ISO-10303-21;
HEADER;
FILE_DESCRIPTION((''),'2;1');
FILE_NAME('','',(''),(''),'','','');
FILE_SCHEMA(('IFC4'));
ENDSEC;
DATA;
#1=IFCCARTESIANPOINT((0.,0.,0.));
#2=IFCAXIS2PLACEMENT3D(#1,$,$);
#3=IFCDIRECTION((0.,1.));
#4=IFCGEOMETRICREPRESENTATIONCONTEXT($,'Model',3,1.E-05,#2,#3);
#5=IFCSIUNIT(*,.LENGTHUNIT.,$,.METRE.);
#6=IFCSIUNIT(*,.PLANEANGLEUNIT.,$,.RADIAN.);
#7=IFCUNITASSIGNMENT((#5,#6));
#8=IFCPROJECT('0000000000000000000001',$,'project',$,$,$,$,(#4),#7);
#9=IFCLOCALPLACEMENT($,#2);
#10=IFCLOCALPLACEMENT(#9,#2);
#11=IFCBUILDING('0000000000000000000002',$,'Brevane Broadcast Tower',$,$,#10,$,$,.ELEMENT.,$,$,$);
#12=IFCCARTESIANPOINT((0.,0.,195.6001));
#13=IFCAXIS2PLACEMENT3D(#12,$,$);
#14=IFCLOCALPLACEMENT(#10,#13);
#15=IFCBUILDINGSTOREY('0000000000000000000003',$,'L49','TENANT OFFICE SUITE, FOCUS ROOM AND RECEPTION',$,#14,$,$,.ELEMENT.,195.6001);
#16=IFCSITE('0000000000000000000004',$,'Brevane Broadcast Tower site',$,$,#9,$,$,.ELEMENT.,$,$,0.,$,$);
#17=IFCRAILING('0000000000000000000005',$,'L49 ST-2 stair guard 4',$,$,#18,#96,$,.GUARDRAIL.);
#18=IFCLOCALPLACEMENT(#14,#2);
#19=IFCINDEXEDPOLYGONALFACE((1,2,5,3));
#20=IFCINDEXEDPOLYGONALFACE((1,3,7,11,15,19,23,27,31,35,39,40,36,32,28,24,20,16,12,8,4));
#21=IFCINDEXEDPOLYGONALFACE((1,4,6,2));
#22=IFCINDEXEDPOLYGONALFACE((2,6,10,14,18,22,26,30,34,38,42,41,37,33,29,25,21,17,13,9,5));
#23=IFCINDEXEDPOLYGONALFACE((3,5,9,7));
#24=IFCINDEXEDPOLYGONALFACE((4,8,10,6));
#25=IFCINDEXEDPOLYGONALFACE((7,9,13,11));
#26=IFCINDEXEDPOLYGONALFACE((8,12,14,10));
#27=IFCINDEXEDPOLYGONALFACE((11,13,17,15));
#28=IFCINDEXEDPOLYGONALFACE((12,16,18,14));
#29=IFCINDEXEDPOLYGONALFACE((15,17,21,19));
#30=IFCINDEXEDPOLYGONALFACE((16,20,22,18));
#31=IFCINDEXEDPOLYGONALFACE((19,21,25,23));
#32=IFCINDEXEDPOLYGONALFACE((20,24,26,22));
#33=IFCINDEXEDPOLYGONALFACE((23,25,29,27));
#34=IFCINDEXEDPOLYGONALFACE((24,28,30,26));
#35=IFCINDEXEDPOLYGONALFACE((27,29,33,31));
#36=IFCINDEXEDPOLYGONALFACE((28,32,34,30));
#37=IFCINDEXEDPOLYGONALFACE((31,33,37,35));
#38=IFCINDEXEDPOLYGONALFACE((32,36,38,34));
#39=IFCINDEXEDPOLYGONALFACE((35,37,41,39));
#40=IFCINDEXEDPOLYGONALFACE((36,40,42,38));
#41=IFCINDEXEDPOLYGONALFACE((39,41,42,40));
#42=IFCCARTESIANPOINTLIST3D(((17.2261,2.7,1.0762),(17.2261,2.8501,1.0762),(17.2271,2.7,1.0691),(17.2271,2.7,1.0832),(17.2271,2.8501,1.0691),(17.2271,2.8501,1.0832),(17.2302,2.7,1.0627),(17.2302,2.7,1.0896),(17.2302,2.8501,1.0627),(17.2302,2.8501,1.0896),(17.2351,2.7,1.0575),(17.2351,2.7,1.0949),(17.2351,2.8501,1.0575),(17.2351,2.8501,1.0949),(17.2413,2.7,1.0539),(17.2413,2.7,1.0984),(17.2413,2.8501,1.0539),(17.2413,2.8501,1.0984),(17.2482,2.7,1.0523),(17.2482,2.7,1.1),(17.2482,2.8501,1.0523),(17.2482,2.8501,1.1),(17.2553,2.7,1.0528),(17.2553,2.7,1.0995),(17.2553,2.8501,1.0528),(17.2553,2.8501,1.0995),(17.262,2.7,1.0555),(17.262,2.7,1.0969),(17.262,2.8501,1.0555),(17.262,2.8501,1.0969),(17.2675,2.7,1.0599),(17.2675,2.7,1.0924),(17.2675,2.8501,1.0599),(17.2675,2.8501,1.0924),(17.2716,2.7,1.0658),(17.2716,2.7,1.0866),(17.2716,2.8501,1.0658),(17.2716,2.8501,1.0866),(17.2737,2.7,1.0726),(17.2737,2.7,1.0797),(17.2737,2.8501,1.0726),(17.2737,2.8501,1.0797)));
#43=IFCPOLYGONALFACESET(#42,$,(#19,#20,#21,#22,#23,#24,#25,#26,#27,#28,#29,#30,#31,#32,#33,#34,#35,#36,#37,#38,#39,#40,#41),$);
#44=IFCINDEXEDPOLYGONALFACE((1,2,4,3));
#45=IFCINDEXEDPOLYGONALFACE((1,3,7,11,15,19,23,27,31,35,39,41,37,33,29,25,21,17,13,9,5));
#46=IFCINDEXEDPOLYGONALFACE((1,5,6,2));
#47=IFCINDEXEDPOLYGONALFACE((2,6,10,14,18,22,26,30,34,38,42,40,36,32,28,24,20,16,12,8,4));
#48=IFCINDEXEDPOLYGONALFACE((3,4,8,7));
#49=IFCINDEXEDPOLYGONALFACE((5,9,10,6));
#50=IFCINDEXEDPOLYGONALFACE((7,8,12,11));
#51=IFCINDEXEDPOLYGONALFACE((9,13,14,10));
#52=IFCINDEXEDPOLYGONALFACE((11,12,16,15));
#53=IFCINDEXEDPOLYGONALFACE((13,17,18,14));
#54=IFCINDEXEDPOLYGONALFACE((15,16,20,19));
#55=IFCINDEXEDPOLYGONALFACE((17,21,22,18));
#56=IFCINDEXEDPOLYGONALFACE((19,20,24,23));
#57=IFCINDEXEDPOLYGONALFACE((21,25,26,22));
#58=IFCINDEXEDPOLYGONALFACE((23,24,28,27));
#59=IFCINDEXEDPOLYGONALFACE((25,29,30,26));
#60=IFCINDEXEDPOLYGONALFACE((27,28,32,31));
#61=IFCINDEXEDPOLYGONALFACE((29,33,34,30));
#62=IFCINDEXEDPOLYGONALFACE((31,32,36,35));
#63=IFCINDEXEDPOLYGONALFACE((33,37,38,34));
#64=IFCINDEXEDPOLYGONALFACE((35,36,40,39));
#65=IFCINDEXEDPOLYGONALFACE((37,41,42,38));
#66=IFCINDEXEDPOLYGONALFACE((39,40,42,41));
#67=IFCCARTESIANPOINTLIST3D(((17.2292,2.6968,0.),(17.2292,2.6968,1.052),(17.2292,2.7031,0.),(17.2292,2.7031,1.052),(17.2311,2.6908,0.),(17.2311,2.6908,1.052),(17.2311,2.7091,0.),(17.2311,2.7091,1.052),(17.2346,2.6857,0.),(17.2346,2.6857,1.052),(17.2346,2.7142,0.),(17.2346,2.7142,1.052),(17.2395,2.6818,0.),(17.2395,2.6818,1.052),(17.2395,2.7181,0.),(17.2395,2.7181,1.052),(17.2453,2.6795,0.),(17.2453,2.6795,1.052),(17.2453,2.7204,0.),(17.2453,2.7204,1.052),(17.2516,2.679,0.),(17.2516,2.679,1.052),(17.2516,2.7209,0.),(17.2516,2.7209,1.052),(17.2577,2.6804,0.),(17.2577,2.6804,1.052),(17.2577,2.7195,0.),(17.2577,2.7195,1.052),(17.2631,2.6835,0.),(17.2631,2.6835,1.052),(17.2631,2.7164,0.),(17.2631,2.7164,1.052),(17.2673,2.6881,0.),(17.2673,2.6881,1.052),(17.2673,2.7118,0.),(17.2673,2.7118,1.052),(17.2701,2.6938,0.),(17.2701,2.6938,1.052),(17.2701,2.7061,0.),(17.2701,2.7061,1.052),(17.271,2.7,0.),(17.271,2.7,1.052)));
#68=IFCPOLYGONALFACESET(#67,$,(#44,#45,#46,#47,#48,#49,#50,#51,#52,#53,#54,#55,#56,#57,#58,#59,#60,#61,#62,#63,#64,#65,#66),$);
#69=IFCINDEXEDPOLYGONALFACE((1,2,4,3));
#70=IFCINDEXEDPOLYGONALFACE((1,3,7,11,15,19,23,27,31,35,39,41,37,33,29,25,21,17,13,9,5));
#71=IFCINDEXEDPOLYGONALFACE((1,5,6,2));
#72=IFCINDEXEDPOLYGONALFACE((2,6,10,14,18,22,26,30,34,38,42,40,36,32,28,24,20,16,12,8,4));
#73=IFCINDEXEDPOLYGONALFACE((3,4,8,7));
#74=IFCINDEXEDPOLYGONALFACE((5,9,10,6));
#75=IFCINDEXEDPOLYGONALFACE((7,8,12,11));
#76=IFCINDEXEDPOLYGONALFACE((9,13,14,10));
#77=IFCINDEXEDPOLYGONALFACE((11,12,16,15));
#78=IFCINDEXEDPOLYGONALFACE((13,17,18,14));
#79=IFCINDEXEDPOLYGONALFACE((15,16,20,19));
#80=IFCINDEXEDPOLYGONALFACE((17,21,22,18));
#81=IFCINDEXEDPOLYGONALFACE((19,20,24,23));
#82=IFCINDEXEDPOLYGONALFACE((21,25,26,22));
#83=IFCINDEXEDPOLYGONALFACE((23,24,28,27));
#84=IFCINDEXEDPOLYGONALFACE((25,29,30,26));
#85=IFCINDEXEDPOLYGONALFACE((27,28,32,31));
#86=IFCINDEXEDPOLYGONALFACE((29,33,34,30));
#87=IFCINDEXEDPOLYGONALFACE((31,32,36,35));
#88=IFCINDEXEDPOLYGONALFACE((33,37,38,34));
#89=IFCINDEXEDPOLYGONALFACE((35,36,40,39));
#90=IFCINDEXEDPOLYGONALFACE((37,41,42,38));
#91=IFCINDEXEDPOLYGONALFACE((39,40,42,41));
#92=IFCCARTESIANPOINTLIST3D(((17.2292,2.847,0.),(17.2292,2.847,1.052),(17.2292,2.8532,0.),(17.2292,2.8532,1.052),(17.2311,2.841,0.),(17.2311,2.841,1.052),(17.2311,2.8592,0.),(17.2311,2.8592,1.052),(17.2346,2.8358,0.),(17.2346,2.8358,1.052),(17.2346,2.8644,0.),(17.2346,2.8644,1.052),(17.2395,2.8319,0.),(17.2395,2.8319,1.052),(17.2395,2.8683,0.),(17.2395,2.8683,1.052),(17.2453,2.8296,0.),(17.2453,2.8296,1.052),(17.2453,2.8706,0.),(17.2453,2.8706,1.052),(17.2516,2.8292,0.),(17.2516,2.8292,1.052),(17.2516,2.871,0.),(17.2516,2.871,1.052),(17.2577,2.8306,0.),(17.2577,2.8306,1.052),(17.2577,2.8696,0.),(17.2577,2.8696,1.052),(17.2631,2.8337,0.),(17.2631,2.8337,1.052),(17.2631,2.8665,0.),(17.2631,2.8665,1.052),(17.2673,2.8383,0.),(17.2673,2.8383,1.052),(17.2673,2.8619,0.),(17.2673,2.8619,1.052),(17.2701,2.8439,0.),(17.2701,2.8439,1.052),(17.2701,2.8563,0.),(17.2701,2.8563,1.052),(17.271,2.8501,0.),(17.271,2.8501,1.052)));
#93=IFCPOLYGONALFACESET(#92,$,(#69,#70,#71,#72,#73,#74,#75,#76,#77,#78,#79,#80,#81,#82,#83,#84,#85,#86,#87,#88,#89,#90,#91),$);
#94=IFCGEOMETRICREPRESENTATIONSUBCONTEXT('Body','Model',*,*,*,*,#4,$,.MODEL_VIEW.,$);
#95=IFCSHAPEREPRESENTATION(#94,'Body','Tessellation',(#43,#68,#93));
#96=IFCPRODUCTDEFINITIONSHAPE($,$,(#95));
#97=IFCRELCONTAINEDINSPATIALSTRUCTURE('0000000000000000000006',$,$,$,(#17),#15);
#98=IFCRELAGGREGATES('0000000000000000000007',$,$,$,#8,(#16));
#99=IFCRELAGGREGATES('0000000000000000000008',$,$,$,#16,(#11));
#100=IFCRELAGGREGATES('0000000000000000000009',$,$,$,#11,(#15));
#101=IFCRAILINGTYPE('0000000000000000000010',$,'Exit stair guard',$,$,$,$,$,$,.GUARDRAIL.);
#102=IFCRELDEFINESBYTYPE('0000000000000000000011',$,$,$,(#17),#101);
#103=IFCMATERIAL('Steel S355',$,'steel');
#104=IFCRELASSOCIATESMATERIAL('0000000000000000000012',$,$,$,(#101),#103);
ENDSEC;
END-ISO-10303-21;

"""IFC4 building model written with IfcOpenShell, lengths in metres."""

from ifc_helpers import new_model, si_unit, direction, frame, origin, origin_2d, place, context, subcontext, project, spatial, circle, extrude, material, type_object, element, save


model = new_model("IFC4")

# Units and contexts
model_context = context("Model", 3, precision=1e-05, world=origin(), true_north=direction((0.0, 1.0)))
body_context = subcontext(model_context, "Body", "Model", "MODEL_VIEW")
ifc_project = project(units=[si_unit("LENGTHUNIT", "METRE"), si_unit("PLANEANGLEUNIT", "RADIAN")], contexts=[model_context])

# Site, building, storey
site_placement = place(None, origin())
site = spatial("IfcSite", under=ifc_project, at=site_placement, Name="Brevane Broadcast Tower site", CompositionType="ELEMENT", RefElevation=0.0)
building_placement = place(site_placement, origin())
building = spatial("IfcBuilding", under=site, at=building_placement, Name="Brevane Broadcast Tower", CompositionType="ELEMENT")
storey_placement = place(building_placement, frame((0.0, 0.0, 195.6001)))
storey = spatial("IfcBuildingStorey", under=building, at=storey_placement, Name="L49", Description="TENANT OFFICE SUITE, FOCUS ROOM AND RECEPTION", CompositionType="ELEMENT", Elevation=195.6001)

# Railing
ifc_material_1 = material(Name="Steel S355", Category="steel")
railing_type_1 = type_object("IfcRailingType", Name="Exit stair guard", PredefinedType="GUARDRAIL", material=ifc_material_1)
railing_1_placement = place(storey_placement, frame((17.25, 2.7, 0.0)))
element("IfcRailing", 1, at=railing_1_placement, inside=storey, type_object=railing_type_1, Name="L49 ST-2 stair guard 4", PredefinedType="GUARDRAIL", context=body_context, shape_type="SweptSolid", body=[
    extrude(circle(Radius=0.0239, at=origin_2d()), frame((0.0, 0.0, 1.0762), z_axis=(0.0, 1.0, 0.0), x_axis=(-1.0, 0.0, 0.0)), (0.0, 0.0, 1.0), 0.1501),
    extrude(circle(Radius=0.021, at=origin_2d()), origin(), (0.0, 0.0, 1.0), 1.052),
    extrude(circle(Radius=0.021, at=origin_2d()), frame((0.0, 0.1501, 0.0)), (0.0, 0.0, 1.0), 1.052),
])

save(model, "model.ifc")
